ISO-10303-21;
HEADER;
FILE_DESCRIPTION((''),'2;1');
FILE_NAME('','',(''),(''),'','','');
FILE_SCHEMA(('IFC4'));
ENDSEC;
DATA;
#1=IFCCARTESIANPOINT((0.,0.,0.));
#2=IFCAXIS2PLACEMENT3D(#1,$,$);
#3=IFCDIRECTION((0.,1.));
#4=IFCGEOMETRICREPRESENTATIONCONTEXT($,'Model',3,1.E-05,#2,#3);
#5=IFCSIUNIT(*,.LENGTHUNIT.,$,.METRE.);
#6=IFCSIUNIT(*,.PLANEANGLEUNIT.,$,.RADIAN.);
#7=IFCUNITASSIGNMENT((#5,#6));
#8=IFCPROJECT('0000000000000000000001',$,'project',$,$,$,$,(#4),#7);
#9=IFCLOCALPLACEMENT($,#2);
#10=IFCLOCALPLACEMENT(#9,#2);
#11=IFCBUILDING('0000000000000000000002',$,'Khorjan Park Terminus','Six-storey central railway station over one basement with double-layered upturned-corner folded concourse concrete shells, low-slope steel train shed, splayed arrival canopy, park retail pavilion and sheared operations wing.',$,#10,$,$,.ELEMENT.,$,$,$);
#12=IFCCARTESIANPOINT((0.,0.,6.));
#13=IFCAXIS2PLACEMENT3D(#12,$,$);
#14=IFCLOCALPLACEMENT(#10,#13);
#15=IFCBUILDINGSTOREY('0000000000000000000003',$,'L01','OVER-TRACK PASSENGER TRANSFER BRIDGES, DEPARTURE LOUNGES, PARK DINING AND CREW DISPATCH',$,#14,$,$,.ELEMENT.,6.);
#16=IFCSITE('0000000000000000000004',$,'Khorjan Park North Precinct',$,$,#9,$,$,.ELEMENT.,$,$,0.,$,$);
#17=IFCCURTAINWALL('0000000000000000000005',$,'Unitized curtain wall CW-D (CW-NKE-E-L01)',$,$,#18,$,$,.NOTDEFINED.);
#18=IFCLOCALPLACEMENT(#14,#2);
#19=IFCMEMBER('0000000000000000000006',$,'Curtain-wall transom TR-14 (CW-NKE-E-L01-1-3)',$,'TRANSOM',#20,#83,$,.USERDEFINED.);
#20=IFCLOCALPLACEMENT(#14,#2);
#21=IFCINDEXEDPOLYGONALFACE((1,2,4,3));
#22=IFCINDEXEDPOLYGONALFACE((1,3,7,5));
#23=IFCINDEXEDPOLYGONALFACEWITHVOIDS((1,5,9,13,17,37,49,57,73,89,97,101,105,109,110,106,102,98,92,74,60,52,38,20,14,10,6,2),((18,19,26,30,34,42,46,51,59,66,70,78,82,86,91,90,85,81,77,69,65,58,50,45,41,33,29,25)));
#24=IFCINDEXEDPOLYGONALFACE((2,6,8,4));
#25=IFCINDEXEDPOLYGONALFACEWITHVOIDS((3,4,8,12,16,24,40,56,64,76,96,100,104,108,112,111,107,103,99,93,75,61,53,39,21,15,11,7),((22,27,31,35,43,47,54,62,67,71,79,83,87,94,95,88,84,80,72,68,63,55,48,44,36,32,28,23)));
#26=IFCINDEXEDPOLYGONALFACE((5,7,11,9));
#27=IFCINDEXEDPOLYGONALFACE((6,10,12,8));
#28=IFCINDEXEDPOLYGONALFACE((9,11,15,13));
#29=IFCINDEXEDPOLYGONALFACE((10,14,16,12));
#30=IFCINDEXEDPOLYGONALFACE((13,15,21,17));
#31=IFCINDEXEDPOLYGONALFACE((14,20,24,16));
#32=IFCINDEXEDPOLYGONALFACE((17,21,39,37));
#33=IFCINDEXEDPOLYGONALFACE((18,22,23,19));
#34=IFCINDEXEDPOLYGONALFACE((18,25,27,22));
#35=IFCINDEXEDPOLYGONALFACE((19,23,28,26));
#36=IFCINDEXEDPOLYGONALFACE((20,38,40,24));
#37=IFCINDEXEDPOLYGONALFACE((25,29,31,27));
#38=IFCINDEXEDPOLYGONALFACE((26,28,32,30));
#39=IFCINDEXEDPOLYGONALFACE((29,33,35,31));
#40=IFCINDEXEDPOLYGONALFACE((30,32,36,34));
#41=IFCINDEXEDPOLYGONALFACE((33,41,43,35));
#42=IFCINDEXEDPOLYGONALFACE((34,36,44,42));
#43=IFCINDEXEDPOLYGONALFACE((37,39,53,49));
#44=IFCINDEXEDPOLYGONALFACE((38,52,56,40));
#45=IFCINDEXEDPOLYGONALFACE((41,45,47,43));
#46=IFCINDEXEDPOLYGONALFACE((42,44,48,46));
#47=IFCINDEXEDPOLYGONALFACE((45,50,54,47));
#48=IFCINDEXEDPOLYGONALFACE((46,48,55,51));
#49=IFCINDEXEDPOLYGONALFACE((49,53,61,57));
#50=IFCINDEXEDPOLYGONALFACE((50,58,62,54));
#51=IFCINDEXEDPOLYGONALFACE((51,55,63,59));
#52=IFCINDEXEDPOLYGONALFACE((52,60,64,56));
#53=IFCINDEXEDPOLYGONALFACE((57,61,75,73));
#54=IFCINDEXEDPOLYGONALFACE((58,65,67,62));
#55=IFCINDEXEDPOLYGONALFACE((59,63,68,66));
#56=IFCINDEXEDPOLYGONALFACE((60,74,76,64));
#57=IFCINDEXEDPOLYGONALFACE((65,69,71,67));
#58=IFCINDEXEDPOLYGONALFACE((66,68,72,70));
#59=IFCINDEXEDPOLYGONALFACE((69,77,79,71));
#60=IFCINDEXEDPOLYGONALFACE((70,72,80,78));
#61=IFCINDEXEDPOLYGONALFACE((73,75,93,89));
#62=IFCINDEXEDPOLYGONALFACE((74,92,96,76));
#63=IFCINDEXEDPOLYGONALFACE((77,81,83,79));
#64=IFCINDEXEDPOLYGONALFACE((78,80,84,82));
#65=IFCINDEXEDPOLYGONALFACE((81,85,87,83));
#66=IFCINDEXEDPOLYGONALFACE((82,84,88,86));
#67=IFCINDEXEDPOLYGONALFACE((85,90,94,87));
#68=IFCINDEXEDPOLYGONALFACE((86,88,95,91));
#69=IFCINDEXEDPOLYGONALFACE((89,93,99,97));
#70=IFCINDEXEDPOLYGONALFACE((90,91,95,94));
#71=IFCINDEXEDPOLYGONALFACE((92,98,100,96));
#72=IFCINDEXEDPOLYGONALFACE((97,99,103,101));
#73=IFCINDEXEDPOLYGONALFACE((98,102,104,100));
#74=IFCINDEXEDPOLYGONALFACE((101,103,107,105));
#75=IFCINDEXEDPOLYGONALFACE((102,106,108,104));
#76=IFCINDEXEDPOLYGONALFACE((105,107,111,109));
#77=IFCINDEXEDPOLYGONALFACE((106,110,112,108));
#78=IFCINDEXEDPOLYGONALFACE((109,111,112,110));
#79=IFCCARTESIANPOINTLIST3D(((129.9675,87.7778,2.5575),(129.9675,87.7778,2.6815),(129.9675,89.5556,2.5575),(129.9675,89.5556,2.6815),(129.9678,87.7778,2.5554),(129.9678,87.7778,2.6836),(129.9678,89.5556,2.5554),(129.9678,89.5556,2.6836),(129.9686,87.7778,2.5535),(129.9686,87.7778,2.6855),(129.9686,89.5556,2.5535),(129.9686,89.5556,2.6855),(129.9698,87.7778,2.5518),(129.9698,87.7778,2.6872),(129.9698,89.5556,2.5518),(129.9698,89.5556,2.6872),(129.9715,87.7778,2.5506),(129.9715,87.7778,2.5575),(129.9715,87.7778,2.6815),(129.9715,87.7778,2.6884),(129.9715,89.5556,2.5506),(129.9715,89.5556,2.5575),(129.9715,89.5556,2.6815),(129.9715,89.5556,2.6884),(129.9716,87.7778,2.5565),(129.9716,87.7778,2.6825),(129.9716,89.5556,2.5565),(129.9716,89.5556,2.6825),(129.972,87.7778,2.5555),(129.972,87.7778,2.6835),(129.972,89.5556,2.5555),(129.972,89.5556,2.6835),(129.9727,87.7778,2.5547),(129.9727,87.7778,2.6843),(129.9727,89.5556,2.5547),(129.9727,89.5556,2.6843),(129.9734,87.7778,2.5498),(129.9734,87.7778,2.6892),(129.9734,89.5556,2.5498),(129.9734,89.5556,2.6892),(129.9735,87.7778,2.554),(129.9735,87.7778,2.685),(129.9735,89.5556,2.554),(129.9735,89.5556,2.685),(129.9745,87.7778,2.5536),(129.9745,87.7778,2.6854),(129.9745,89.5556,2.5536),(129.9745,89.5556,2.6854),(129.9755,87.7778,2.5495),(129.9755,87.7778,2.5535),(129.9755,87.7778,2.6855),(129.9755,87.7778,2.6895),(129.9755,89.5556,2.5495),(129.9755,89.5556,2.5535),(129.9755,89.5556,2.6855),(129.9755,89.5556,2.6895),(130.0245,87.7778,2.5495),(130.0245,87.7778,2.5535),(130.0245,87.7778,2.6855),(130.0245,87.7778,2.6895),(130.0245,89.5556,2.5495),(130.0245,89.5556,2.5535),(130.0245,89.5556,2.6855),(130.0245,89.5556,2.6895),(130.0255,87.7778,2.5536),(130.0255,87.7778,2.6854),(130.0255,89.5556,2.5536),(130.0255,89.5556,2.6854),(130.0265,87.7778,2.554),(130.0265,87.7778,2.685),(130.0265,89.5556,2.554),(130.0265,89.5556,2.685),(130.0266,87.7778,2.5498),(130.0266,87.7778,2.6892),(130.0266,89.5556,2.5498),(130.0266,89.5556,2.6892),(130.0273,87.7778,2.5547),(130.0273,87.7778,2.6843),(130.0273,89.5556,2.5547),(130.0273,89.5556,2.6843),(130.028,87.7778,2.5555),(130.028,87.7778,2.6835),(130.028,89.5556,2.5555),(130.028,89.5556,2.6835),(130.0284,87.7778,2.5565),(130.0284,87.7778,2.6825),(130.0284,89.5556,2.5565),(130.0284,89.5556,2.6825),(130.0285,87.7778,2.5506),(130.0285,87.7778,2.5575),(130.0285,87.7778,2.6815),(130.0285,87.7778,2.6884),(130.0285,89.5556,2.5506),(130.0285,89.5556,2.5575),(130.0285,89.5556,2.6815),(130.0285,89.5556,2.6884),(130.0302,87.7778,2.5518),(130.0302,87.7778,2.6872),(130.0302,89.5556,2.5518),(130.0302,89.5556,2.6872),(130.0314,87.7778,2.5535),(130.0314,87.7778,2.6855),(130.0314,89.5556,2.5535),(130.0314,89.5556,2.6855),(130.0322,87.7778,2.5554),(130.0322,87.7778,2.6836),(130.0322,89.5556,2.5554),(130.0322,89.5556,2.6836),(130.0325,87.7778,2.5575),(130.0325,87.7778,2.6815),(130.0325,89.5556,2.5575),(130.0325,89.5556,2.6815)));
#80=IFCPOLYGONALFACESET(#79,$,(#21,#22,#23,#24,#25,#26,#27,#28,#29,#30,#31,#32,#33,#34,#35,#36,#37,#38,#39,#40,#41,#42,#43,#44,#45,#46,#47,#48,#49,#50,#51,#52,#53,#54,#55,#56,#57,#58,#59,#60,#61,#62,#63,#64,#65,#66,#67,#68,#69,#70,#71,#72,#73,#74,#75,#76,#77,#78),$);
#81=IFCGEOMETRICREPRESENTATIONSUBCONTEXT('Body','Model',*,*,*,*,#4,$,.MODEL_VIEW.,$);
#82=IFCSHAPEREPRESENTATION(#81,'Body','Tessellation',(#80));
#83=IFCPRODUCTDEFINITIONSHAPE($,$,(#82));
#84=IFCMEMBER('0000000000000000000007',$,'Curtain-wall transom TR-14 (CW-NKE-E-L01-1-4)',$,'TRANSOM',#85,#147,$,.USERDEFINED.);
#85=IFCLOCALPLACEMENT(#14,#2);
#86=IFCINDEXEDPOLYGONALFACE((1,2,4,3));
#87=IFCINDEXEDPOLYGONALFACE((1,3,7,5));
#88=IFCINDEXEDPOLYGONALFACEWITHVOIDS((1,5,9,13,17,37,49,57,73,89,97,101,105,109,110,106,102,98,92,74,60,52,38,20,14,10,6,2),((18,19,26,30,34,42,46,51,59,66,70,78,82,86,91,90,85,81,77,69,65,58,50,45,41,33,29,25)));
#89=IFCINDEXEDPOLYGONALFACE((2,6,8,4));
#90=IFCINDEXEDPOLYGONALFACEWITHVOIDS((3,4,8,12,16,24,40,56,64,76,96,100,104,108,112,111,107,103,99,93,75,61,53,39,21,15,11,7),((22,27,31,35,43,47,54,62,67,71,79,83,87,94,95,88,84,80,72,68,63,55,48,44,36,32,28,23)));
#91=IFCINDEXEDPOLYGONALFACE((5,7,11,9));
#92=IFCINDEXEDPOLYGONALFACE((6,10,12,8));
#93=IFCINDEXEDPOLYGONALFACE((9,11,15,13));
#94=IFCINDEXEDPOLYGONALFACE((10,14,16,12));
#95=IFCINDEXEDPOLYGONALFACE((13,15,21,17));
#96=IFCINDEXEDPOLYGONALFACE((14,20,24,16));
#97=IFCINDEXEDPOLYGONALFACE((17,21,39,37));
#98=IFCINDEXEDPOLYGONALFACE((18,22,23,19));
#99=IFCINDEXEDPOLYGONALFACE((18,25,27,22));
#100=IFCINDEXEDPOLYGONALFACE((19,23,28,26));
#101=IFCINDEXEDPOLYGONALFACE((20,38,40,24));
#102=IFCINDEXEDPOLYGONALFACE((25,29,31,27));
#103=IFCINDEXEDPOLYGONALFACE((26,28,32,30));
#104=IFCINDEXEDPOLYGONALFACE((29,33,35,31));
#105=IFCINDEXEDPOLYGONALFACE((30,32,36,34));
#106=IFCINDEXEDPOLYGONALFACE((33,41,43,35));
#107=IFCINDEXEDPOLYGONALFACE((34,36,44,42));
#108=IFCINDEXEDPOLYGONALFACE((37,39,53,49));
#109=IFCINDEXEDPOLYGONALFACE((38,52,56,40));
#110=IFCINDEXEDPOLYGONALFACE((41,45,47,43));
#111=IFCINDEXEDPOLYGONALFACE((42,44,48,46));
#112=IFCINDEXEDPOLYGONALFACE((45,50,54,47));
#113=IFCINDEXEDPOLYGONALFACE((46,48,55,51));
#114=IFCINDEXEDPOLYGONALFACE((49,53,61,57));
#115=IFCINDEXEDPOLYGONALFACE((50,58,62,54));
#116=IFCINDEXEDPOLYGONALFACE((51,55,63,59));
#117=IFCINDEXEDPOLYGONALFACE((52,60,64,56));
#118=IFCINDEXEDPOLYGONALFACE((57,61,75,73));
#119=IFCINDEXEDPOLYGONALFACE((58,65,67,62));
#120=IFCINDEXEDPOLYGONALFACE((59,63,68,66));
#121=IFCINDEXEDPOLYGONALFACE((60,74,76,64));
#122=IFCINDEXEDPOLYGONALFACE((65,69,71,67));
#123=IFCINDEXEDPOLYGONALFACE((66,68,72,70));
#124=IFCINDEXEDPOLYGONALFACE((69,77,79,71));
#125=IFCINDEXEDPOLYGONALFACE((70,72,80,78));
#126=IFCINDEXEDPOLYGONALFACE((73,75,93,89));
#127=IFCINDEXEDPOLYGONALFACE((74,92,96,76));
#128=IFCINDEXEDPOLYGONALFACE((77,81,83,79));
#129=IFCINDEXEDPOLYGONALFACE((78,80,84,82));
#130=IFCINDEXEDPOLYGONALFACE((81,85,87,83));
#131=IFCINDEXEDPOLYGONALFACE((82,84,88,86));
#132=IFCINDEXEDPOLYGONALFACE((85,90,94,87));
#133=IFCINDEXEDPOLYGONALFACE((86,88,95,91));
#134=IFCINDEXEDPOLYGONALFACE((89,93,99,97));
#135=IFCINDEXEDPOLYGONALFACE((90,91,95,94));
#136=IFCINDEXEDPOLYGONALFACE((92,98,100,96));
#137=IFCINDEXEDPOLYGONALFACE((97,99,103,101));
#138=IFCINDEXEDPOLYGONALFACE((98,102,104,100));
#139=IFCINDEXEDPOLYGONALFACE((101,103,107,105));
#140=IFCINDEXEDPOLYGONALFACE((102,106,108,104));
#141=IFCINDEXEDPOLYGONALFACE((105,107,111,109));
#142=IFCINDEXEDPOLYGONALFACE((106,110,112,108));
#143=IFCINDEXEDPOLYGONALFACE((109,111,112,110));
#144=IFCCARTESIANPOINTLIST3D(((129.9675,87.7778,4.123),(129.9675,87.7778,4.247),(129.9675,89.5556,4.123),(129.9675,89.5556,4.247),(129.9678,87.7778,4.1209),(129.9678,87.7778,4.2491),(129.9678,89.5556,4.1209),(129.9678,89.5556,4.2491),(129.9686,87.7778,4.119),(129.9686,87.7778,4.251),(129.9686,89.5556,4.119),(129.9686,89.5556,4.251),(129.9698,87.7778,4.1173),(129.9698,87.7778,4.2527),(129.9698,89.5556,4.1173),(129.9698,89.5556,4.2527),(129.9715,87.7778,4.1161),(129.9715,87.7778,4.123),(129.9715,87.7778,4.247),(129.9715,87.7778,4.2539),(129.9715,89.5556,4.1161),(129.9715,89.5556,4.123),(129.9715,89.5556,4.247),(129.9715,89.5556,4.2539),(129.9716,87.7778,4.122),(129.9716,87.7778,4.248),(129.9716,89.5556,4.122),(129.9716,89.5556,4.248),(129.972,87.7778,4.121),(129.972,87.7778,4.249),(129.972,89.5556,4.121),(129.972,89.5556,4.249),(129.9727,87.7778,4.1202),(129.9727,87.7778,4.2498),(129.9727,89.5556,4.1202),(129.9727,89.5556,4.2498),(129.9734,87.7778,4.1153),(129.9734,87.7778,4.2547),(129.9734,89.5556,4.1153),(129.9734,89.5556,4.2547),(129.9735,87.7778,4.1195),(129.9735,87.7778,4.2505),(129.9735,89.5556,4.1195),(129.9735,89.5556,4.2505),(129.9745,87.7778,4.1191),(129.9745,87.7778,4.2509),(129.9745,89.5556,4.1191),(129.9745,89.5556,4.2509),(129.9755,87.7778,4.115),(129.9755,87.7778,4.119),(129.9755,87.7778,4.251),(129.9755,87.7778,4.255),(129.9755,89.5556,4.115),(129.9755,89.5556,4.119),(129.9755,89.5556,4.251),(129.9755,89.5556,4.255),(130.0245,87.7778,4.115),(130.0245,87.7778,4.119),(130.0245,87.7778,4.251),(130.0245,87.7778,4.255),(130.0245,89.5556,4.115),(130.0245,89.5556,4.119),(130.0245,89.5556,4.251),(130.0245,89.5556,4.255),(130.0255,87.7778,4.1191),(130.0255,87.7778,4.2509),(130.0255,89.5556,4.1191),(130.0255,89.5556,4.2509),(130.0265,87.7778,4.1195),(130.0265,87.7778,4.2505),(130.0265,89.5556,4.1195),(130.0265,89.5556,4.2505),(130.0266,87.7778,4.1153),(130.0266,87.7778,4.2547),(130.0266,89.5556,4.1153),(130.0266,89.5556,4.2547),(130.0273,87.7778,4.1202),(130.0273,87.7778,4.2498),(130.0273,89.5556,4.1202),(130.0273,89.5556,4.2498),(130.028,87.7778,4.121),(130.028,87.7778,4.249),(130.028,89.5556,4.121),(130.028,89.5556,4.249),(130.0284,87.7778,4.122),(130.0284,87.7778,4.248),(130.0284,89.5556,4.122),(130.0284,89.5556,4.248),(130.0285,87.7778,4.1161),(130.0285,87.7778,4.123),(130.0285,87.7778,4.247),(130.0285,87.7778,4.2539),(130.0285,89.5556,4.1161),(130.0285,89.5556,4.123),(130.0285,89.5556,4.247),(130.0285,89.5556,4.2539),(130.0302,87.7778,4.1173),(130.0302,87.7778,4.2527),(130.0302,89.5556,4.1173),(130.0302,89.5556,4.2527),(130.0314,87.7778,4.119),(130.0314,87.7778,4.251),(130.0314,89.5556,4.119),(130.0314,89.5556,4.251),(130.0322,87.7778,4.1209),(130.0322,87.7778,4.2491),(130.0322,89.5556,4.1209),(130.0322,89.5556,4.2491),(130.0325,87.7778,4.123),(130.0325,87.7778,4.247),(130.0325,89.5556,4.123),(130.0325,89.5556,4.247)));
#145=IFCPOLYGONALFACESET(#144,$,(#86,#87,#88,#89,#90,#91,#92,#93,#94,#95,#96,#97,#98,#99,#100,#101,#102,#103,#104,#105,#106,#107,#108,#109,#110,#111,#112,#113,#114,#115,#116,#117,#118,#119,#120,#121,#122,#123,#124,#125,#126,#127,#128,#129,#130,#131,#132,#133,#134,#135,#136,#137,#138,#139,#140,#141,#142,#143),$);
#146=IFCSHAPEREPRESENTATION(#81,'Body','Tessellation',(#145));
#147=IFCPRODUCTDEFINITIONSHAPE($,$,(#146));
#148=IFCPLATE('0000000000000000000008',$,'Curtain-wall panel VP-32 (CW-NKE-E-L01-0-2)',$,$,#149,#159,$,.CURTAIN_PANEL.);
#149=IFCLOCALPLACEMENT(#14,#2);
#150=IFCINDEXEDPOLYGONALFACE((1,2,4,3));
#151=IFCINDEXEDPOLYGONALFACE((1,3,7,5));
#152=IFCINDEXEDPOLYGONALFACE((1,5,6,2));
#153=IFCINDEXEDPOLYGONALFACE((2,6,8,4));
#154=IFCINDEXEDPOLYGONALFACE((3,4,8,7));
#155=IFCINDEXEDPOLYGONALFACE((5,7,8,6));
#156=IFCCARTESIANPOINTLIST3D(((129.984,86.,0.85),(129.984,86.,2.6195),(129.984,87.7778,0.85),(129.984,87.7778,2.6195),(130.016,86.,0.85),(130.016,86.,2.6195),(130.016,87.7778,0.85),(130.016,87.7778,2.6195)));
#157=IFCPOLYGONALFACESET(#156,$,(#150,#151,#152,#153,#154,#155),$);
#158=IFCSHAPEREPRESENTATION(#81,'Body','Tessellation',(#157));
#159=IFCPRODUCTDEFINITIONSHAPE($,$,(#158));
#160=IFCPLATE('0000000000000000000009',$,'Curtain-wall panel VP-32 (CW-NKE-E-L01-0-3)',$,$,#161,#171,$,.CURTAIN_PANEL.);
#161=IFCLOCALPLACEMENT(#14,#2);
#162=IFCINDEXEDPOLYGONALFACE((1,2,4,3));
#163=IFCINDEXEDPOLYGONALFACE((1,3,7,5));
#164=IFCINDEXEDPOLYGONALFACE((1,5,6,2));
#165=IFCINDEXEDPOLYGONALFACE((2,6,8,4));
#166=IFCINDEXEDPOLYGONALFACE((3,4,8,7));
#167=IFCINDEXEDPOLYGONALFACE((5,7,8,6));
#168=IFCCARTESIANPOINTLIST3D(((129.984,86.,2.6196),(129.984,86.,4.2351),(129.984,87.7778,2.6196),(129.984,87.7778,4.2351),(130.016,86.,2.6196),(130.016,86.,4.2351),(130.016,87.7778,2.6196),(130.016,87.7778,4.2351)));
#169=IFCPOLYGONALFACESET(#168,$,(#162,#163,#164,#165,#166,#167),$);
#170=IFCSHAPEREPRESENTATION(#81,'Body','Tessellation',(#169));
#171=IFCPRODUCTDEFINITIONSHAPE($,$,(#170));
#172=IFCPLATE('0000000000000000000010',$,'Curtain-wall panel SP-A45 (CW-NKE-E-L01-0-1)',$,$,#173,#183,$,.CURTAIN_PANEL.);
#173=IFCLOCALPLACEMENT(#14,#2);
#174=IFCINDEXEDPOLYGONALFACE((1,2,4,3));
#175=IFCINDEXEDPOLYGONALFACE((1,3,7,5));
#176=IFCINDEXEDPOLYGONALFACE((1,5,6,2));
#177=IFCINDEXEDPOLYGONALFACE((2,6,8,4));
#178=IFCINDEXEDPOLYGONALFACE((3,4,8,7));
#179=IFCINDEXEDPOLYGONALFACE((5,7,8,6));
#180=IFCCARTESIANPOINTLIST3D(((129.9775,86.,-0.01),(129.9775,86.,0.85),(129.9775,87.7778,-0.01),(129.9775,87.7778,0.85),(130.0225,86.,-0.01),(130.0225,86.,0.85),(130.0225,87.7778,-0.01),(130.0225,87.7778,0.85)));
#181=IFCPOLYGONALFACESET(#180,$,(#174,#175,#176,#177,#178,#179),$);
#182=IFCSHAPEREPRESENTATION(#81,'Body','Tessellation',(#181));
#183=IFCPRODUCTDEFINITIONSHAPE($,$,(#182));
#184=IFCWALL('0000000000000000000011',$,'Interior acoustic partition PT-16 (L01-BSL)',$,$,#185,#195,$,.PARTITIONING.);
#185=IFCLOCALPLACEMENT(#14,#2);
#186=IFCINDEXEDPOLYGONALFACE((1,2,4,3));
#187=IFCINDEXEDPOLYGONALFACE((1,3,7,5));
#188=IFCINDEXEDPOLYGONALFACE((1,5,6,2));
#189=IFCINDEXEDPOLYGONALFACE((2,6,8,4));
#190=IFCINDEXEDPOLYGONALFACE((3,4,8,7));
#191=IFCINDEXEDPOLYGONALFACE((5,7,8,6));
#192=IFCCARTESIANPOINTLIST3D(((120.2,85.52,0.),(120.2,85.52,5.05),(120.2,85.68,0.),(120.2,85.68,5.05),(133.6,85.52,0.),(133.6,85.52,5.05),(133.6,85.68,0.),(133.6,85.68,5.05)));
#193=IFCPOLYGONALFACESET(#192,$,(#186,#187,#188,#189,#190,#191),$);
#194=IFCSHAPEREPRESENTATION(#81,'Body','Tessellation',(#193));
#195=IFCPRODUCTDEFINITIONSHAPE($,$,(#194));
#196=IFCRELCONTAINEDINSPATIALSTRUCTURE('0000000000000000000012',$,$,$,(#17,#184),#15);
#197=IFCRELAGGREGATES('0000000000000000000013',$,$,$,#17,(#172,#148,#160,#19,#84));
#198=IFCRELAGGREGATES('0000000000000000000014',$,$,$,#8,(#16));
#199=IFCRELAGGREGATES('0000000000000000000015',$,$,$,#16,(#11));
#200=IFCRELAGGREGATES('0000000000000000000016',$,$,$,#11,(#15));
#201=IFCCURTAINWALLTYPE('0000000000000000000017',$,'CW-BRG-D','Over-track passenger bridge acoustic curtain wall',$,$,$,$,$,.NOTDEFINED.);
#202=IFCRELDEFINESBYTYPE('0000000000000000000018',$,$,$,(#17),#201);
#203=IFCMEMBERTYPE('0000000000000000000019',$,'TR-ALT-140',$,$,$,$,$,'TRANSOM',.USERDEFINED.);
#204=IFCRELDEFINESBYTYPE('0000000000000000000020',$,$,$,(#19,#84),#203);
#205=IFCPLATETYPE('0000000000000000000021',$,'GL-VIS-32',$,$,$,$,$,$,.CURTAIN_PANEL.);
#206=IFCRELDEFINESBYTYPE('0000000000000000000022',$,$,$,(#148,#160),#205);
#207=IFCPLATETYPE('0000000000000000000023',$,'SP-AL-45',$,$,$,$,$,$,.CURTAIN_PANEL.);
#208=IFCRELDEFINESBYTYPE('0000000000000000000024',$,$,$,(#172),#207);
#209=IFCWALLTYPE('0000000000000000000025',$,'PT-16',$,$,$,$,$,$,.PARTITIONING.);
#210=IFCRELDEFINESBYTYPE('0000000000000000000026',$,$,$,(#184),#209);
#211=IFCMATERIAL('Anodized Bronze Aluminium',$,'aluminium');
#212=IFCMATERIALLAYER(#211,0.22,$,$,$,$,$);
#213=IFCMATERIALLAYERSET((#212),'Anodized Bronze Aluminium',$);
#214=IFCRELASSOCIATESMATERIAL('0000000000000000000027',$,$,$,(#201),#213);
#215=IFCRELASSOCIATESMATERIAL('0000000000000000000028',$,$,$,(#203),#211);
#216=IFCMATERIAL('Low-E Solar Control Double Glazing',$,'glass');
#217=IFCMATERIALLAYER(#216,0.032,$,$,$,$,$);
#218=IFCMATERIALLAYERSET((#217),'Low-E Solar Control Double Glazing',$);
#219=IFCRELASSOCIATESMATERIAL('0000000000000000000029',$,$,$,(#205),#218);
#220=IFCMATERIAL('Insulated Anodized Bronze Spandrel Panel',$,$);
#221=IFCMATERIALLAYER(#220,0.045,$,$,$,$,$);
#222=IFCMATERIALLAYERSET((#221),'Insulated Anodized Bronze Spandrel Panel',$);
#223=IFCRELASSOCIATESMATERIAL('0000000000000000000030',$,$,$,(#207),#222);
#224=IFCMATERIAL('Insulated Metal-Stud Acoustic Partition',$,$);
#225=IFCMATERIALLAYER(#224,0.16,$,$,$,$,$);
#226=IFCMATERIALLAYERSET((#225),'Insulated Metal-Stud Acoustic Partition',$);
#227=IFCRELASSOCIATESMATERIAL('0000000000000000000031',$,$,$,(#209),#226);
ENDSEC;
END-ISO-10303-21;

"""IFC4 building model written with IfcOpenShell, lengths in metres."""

from ifc_helpers import new_model, si_unit, direction, frame, frame_2d, origin, origin_2d, place, context, subcontext, project, spatial, rectangle, hollow_rectangle, extrude, material, layer, layer_set, material_profile, profile_set, type_object, element, aggregate, save


model = new_model("IFC4")

# Units and contexts
model_context = context("Model", 3, precision=1e-05, world=origin(), true_north=direction((0.0, 1.0)))
body_context = subcontext(model_context, "Body", "Model", "MODEL_VIEW")
ifc_project = project(units=[si_unit("LENGTHUNIT", "METRE"), si_unit("PLANEANGLEUNIT", "RADIAN")], contexts=[model_context])

# Site, building, storey
site_placement = place(None, origin())
site = spatial("IfcSite", under=ifc_project, at=site_placement, Name="Khorjan Park North Precinct", CompositionType="ELEMENT", RefElevation=0.0)
building_placement = place(site_placement, origin())
building = spatial("IfcBuilding", under=site, at=building_placement, Name="Khorjan Park Terminus", Description="Six-storey central railway station over one basement with double-layered upturned-corner folded concourse concrete shells, low-slope steel train shed, splayed arrival canopy, park retail pavilion and sheared operations wing.", CompositionType="ELEMENT")
storey_placement = place(building_placement, frame((0.0, 0.0, 6.0)))
storey = spatial("IfcBuildingStorey", under=building, at=storey_placement, Name="L01", Description="OVER-TRACK PASSENGER TRANSFER BRIDGES, DEPARTURE LOUNGES, PARK DINING AND CREW DISPATCH", CompositionType="ELEMENT", Elevation=6.0)

# Curtain wall
ifc_material_1 = material(Name="Anodized Bronze Aluminium", Category="aluminium")
ifc_layer_1 = layer(ifc_material_1, 0.22)
ifc_layer_set_1 = layer_set([ifc_layer_1], Name="Anodized Bronze Aluminium")
curtain_wall_type_1 = type_object("IfcCurtainWallType", Name="CW-BRG-D", Description="Over-track passenger bridge acoustic curtain wall", PredefinedType="NOTDEFINED", material=ifc_layer_set_1)
curtain_wall_1_placement = place(storey_placement, origin())
curtain_wall_1 = element("IfcCurtainWall", 1, at=curtain_wall_1_placement, inside=storey, type_object=curtain_wall_type_1, Name="Unitized curtain wall CW-D (CW-NKE-E-L01)", PredefinedType="NOTDEFINED")

# Members
ifc_material_profile_1 = material_profile(ifc_material_1, hollow_rectangle(XDim=0.065, YDim=0.14, WallThickness=0.004, InnerFilletRadius=0.004, OuterFilletRadius=0.008, at=origin_2d()), Name="ALT 65x140x4")
ifc_profile_set_1 = profile_set([ifc_material_profile_1], Name="Anodized Bronze Aluminium")
member_type_1 = type_object("IfcMemberType", Name="TR-ALT-140", ElementType="TRANSOM", PredefinedType="USERDEFINED", material=ifc_profile_set_1)
member_1_placement = place(storey_placement, frame((130.0, 87.7778, 2.6195), z_axis=(0.0, 1.0, 0.0), x_axis=(-1.0, 0.0, 0.0)))
member_1 = element("IfcMember", 2, at=member_1_placement, type_object=member_type_1, Name="Curtain-wall transom TR-14 (CW-NKE-E-L01-1-3)", ObjectType="TRANSOM", PredefinedType="USERDEFINED", context=body_context, shape_type="SweptSolid", body=[
    extrude(hollow_rectangle(XDim=0.065, YDim=0.14, WallThickness=0.004, InnerFilletRadius=0.004, OuterFilletRadius=0.008, at=origin_2d()), origin(), (0.0, 0.0, 1.0), 1.7778),
])
member_2_placement = place(storey_placement, frame((130.0, 87.7778, 4.185), z_axis=(0.0, 1.0, 0.0), x_axis=(-1.0, 0.0, 0.0)))
member_2 = element("IfcMember", 3, at=member_2_placement, type_object=member_type_1, Name="Curtain-wall transom TR-14 (CW-NKE-E-L01-1-4)", ObjectType="TRANSOM", PredefinedType="USERDEFINED", context=body_context, shape_type="SweptSolid", body=[
    extrude(hollow_rectangle(XDim=0.065, YDim=0.14, WallThickness=0.004, InnerFilletRadius=0.004, OuterFilletRadius=0.008, at=origin_2d()), origin(), (0.0, 0.0, 1.0), 1.7778),
])

# Plates
ifc_material_2 = material(Name="Low-E Solar Control Double Glazing", Category="glass")
ifc_layer_2 = layer(ifc_material_2, 0.032)
ifc_layer_set_2 = layer_set([ifc_layer_2], Name="Low-E Solar Control Double Glazing")
plate_type_1 = type_object("IfcPlateType", Name="GL-VIS-32", PredefinedType="CURTAIN_PANEL", material=ifc_layer_set_2)
plate_1_placement = place(storey_placement, frame((130.0, 86.8889, 0.85), z_axis=(0.0, 0.0, 1.0), x_axis=(0.0, 1.0, 0.0)))
plate_1 = element("IfcPlate", 4, at=plate_1_placement, type_object=plate_type_1, Name="Curtain-wall panel VP-32 (CW-NKE-E-L01-0-2)", PredefinedType="CURTAIN_PANEL", context=body_context, shape_type="SweptSolid", body=[
    extrude(rectangle(XDim=1.7778, YDim=0.032, at=origin_2d()), origin(), (0.0, 0.0, 1.0), 1.7695),
])
plate_2_placement = place(storey_placement, frame((130.0, 86.8889, 2.6196), z_axis=(0.0, 0.0, 1.0), x_axis=(0.0, 1.0, 0.0)))
plate_2 = element("IfcPlate", 5, at=plate_2_placement, type_object=plate_type_1, Name="Curtain-wall panel VP-32 (CW-NKE-E-L01-0-3)", PredefinedType="CURTAIN_PANEL", context=body_context, shape_type="SweptSolid", body=[
    extrude(rectangle(XDim=1.7778, YDim=0.032, at=origin_2d()), origin(), (0.0, 0.0, 1.0), 1.6155),
])
ifc_material_3 = material(Name="Insulated Anodized Bronze Spandrel Panel")
ifc_layer_3 = layer(ifc_material_3, 0.045)
ifc_layer_set_3 = layer_set([ifc_layer_3], Name="Insulated Anodized Bronze Spandrel Panel")
plate_type_2 = type_object("IfcPlateType", Name="SP-AL-45", PredefinedType="CURTAIN_PANEL", material=ifc_layer_set_3)
plate_3_placement = place(storey_placement, frame((130.0, 86.8889, -0.01), z_axis=(0.0, 0.0, 1.0), x_axis=(0.0, 1.0, 0.0)))
plate_3 = element("IfcPlate", 6, at=plate_3_placement, type_object=plate_type_2, Name="Curtain-wall panel SP-A45 (CW-NKE-E-L01-0-1)", PredefinedType="CURTAIN_PANEL", context=body_context, shape_type="SweptSolid", body=[
    extrude(rectangle(XDim=1.7778, YDim=0.045, at=origin_2d()), origin(), (0.0, 0.0, 1.0), 0.86),
])
aggregate(curtain_wall_1, [plate_3, plate_1, plate_2, member_1, member_2])

# Wall
ifc_material_4 = material(Name="Insulated Metal-Stud Acoustic Partition")
ifc_layer_4 = layer(ifc_material_4, 0.16)
ifc_layer_set_4 = layer_set([ifc_layer_4], Name="Insulated Metal-Stud Acoustic Partition")
wall_type = type_object("IfcWallType", Name="PT-16", PredefinedType="PARTITIONING", material=ifc_layer_set_4)
wall_placement = place(storey_placement, frame((120.2, 85.6, 0.0), z_axis=(0.0, 0.0, 1.0), x_axis=(1.0, 0.0, 0.0)))
element("IfcWall", 7, at=wall_placement, inside=storey, type_object=wall_type, Name="Interior acoustic partition PT-16 (L01-BSL)", PredefinedType="PARTITIONING", context=body_context, shape_type="SweptSolid", body=[
    extrude(rectangle(XDim=13.4, YDim=0.16, at=frame_2d((6.7, 0.0))), origin(), (0.0, 0.0, 1.0), 5.05),
])

save(model, "model.ifc")
